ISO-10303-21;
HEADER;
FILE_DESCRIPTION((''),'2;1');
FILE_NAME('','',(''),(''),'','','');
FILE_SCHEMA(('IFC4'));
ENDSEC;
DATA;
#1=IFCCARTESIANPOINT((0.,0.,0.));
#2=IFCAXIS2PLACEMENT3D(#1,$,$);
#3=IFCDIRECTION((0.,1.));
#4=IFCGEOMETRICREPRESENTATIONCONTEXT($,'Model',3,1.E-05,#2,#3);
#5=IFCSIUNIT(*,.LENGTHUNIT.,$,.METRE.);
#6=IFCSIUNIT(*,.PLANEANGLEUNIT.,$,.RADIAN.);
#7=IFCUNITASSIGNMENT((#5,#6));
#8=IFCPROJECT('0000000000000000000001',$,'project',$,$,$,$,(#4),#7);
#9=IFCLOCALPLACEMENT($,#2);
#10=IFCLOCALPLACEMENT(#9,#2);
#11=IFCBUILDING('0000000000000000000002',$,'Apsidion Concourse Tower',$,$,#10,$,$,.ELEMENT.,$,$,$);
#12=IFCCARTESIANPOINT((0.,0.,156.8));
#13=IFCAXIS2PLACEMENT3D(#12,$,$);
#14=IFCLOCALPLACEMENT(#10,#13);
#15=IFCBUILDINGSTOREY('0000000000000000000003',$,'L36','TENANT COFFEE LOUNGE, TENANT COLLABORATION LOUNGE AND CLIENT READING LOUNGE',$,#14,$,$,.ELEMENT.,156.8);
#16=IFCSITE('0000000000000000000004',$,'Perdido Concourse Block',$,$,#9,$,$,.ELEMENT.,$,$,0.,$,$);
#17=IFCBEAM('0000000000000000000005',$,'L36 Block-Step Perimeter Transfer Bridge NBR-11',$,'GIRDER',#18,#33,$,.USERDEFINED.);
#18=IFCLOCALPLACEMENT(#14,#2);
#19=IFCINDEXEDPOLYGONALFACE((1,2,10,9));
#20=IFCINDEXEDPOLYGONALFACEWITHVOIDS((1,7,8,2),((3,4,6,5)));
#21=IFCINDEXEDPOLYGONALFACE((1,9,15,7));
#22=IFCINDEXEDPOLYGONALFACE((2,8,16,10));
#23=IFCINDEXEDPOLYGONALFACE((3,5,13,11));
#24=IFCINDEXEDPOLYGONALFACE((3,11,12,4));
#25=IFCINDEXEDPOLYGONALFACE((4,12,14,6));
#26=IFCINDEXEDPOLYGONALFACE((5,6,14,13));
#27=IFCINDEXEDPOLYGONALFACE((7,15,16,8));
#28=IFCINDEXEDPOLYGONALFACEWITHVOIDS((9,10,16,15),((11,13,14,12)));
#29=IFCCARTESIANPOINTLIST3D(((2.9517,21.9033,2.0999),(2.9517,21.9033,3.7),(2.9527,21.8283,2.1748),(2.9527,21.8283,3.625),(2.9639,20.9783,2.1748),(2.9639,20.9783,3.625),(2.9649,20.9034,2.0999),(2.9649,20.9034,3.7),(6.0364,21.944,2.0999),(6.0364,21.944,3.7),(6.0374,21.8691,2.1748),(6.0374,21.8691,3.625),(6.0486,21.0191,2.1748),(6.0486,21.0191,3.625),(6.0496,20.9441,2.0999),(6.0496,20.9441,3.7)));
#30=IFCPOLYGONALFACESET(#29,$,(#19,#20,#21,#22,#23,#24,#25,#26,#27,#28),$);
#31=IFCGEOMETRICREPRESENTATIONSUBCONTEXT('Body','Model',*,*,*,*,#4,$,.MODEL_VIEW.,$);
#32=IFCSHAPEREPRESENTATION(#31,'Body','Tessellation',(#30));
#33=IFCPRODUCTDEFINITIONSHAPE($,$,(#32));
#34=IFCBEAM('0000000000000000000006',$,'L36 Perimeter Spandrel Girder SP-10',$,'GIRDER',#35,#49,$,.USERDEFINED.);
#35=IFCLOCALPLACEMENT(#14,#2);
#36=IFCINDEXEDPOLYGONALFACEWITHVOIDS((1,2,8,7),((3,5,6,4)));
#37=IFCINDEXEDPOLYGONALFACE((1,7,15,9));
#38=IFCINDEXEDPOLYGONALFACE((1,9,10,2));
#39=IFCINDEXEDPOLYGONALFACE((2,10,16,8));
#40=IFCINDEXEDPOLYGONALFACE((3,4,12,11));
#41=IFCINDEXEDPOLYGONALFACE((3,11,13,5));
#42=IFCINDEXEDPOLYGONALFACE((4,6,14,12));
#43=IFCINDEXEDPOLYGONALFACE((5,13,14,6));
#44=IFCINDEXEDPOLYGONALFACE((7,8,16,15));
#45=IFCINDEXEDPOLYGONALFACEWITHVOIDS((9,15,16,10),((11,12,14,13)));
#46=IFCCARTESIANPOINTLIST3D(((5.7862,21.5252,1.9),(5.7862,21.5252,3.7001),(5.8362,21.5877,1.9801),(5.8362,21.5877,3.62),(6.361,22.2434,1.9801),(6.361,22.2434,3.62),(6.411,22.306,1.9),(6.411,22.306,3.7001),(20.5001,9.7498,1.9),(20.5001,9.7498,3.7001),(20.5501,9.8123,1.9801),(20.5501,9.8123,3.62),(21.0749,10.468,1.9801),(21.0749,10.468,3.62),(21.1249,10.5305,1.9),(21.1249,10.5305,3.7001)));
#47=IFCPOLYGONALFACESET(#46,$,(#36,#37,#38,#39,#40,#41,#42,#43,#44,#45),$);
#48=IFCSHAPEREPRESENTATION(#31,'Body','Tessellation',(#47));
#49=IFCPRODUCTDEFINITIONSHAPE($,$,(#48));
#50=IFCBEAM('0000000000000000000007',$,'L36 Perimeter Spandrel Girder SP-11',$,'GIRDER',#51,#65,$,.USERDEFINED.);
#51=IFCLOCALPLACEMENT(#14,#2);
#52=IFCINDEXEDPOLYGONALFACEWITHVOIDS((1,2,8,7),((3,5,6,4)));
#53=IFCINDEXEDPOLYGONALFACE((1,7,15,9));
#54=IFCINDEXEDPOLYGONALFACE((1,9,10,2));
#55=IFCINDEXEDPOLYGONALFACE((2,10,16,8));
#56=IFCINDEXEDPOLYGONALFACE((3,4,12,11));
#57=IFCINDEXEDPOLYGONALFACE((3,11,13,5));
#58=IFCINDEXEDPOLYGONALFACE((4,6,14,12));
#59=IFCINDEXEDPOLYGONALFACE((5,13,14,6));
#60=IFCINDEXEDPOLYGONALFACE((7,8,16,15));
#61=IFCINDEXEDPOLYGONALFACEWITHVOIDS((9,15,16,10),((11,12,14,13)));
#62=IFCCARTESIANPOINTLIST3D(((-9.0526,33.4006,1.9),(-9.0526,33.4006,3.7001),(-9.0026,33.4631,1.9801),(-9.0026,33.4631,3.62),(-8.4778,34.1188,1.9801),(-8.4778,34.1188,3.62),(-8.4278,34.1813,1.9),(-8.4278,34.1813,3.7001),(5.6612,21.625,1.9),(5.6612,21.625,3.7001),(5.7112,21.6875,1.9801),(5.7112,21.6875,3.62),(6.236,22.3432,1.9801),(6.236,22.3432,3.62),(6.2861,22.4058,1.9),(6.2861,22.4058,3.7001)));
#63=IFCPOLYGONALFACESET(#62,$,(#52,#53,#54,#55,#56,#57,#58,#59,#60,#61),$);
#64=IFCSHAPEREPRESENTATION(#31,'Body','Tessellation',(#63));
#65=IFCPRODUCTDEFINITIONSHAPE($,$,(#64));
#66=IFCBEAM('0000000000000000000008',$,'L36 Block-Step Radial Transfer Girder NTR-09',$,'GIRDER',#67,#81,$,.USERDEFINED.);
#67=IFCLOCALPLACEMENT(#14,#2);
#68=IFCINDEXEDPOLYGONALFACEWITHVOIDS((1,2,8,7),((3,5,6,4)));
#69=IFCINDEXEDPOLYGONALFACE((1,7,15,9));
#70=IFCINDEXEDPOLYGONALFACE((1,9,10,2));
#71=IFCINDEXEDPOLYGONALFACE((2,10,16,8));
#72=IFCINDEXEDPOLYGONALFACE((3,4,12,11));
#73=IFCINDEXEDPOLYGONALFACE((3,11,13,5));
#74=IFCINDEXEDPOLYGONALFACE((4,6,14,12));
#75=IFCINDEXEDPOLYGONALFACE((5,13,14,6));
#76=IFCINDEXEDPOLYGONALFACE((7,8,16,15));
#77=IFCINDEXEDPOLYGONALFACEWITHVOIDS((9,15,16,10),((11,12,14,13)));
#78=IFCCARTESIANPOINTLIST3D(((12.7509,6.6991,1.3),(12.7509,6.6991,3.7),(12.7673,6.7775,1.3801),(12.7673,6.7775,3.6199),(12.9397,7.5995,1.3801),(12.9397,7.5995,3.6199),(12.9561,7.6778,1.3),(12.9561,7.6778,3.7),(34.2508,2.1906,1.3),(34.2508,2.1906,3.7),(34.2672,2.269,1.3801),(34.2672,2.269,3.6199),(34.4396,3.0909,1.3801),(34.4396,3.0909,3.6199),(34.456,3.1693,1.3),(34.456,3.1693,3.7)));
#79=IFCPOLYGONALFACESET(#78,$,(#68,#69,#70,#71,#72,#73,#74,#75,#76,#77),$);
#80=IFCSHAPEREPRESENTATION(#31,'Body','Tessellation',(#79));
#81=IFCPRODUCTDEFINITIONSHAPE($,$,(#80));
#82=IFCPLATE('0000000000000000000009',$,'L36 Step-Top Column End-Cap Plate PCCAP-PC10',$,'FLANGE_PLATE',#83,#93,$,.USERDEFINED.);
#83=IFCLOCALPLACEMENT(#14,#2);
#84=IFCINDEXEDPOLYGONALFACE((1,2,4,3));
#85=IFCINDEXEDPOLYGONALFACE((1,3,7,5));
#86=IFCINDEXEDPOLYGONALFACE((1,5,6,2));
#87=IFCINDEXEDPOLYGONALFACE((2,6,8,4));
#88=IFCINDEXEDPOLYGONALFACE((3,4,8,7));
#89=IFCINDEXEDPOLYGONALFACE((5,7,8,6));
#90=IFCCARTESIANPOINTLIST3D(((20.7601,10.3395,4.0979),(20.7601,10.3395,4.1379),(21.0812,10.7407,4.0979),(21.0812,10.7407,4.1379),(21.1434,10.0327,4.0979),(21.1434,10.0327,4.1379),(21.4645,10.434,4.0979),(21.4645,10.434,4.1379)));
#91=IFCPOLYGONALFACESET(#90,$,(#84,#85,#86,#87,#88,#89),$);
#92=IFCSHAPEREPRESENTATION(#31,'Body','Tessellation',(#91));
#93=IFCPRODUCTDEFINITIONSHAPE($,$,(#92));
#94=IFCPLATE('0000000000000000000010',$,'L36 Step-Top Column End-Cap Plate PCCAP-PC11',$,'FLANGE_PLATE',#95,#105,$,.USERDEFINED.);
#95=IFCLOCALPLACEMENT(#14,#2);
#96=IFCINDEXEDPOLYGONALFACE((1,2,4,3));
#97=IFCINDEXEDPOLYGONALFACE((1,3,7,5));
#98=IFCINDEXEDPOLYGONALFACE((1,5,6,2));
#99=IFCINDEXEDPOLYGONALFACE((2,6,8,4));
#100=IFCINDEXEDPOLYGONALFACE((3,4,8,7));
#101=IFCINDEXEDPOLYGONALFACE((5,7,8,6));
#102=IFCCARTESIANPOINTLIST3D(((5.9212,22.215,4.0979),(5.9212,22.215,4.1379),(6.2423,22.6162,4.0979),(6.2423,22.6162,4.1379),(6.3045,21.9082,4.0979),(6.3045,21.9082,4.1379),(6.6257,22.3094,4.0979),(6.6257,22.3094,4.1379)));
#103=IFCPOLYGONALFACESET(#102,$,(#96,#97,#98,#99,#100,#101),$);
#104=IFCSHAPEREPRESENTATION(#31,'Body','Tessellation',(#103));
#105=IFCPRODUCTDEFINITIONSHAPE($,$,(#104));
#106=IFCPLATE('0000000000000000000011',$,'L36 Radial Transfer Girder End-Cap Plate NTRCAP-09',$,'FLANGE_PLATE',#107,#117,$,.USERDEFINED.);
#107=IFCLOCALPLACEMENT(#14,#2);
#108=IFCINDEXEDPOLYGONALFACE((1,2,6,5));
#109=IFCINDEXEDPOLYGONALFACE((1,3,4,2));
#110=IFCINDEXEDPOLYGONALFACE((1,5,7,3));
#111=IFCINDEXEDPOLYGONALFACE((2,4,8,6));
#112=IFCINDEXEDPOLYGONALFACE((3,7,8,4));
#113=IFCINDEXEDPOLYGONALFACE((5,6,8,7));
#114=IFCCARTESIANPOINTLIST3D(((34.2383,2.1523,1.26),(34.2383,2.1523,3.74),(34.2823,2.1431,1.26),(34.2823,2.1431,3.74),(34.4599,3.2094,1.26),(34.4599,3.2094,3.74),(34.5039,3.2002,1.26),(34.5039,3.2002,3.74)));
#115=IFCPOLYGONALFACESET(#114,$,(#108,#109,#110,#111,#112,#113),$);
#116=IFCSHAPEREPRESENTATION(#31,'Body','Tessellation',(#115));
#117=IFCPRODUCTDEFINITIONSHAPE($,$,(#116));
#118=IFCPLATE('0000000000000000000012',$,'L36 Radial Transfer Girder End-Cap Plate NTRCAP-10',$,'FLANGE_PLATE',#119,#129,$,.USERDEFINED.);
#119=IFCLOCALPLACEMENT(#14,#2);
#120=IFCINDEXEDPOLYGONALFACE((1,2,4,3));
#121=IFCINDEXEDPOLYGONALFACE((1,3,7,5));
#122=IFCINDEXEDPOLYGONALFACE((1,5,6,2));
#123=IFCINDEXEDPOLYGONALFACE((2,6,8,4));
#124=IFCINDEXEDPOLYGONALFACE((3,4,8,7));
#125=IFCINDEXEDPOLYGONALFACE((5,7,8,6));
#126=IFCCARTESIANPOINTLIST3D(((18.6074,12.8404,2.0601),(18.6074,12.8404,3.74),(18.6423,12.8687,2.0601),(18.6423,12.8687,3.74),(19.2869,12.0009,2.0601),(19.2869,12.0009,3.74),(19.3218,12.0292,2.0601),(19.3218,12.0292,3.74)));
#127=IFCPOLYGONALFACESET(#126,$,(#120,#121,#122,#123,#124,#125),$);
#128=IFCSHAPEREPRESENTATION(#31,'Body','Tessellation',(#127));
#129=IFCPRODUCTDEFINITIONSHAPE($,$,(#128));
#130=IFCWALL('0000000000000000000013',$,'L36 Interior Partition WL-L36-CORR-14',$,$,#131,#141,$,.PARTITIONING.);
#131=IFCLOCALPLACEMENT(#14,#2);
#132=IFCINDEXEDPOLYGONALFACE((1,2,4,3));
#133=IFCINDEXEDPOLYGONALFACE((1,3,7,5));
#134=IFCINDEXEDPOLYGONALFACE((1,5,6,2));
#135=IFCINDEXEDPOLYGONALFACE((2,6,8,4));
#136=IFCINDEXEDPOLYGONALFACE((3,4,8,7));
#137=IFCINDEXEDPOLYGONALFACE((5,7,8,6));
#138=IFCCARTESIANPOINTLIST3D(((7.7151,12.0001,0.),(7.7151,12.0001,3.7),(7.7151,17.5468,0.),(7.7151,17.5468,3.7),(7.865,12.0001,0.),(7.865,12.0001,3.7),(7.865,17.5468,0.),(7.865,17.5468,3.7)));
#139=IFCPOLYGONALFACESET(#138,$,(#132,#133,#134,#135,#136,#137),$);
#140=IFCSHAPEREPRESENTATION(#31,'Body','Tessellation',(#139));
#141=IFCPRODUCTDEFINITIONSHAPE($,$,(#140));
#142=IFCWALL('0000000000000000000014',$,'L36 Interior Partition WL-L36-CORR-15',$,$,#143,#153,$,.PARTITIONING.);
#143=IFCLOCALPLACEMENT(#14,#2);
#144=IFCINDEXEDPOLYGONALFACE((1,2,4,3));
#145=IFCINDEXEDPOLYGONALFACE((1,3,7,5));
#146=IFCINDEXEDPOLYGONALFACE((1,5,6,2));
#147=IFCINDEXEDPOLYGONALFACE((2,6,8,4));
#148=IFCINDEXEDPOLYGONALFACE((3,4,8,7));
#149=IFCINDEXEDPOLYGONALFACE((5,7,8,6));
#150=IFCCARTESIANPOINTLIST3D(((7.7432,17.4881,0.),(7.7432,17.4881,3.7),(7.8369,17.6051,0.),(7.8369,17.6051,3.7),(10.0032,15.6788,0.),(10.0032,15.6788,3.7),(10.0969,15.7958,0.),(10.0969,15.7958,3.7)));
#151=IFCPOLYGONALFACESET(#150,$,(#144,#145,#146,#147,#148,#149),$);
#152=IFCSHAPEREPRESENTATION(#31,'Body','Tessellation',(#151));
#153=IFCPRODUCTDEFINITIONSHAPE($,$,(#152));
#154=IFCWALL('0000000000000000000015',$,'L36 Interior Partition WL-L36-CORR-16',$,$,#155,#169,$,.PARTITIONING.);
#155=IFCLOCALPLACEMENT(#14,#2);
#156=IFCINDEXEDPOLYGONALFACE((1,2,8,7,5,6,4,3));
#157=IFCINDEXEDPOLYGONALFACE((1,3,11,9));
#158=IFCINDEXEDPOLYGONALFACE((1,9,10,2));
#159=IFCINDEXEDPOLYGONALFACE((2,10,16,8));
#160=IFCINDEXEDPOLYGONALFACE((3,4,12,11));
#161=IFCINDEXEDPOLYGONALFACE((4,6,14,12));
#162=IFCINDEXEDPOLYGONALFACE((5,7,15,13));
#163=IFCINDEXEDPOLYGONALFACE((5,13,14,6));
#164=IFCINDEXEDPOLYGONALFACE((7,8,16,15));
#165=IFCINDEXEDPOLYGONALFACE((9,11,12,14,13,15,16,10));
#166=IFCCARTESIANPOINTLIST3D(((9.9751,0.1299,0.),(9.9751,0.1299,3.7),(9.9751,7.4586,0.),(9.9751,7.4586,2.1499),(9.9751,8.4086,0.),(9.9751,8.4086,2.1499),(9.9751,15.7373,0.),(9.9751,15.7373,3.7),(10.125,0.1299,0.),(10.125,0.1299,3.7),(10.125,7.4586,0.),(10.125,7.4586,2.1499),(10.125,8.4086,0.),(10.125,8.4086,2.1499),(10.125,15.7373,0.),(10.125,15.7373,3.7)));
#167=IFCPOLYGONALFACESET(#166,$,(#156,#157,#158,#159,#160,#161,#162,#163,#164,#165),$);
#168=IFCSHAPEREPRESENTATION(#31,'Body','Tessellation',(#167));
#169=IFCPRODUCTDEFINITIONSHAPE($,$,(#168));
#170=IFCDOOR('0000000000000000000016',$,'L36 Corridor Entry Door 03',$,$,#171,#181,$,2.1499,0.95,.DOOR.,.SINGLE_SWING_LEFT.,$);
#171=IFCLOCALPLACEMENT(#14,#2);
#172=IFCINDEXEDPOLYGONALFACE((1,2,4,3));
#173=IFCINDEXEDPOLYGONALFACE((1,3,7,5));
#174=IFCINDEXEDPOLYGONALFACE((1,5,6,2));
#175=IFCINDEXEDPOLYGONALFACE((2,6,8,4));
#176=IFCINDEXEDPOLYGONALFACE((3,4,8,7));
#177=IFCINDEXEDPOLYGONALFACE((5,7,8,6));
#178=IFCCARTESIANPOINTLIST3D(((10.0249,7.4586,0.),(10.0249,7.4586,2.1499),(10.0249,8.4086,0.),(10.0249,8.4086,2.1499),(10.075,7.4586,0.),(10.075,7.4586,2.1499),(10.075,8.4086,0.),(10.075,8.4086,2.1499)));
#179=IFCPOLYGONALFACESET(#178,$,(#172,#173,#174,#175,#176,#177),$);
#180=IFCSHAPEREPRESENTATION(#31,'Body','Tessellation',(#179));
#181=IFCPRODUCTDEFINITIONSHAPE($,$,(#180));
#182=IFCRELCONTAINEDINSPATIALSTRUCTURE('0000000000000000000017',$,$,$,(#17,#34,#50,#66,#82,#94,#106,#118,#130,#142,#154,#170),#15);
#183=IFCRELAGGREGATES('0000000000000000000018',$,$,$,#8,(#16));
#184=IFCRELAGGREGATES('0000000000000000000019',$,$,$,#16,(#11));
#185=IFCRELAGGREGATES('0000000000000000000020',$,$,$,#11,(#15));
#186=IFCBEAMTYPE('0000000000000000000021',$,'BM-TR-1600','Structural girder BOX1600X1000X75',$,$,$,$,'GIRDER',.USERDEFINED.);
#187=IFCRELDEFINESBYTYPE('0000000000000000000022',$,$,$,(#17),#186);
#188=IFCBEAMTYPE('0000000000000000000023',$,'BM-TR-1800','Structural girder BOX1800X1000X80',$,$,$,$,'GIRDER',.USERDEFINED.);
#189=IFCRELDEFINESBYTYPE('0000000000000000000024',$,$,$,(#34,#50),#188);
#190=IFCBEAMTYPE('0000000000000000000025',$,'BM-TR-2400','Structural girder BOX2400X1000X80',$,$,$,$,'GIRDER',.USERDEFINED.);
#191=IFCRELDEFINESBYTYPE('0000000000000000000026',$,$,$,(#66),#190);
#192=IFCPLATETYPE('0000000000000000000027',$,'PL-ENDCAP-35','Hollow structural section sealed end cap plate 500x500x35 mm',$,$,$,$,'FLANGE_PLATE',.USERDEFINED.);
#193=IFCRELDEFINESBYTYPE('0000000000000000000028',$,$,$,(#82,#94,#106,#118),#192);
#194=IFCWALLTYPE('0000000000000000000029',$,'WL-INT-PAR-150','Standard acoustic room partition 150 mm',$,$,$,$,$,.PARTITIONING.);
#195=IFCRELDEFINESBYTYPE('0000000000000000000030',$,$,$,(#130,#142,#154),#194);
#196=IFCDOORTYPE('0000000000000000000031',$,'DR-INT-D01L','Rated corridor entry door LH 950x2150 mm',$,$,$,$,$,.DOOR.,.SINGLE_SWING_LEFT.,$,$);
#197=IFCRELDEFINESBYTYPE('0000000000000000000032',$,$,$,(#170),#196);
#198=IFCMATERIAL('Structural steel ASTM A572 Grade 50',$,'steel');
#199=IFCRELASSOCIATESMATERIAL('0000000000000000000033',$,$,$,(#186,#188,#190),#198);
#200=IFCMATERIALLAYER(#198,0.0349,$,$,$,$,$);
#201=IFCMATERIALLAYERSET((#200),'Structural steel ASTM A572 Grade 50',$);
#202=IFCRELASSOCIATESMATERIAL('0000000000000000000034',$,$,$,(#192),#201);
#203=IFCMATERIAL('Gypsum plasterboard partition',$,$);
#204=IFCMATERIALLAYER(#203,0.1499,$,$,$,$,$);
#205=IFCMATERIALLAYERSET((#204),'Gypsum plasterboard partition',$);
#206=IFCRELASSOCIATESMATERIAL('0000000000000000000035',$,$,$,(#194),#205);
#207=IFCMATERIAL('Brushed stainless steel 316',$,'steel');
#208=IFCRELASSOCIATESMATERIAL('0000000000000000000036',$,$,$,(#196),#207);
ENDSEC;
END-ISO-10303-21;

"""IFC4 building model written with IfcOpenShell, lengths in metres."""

from ifc_helpers import new_model, si_unit, direction, frame, frame_2d, origin, origin_2d, place, context, subcontext, project, spatial, rectangle, hollow_rectangle, extrude, material, layer, layer_set, material_profile, profile_set, type_object, element, fill, save


model = new_model("IFC4")

# Units and contexts
model_context = context("Model", 3, precision=1e-05, world=origin(), true_north=direction((0.0, 1.0)))
body_context = subcontext(model_context, "Body", "Model", "MODEL_VIEW")
ifc_project = project(units=[si_unit("LENGTHUNIT", "METRE"), si_unit("PLANEANGLEUNIT", "RADIAN")], contexts=[model_context])

# Site, building, storey
site_placement = place(None, origin())
site = spatial("IfcSite", under=ifc_project, at=site_placement, Name="Perdido Concourse Block", CompositionType="ELEMENT", RefElevation=0.0)
building_placement = place(site_placement, origin())
building = spatial("IfcBuilding", under=site, at=building_placement, Name="Apsidion Concourse Tower", CompositionType="ELEMENT")
storey_placement = place(building_placement, frame((0.0, 0.0, 156.8)))
storey = spatial("IfcBuildingStorey", under=building, at=storey_placement, Name="L36", Description="TENANT COFFEE LOUNGE, TENANT COLLABORATION LOUNGE AND CLIENT READING LOUNGE", CompositionType="ELEMENT", Elevation=156.8)

# Beams
ifc_material_1 = material(Name="Structural steel ASTM A572 Grade 50", Category="steel")
ifc_material_profile_1 = material_profile(ifc_material_1, hollow_rectangle(XDim=1.0, YDim=1.6001, WallThickness=0.075, at=origin_2d()), Name="BOX1600X1000X75")
ifc_profile_set_1 = profile_set([ifc_material_profile_1], Name="Structural steel ASTM A572 Grade 50")
beam_type_1 = type_object("IfcBeamType", Name="BM-TR-1600", Description="Structural girder BOX1600X1000X75", ElementType="GIRDER", PredefinedType="USERDEFINED", material=ifc_profile_set_1)
beam_1_placement = place(storey_placement, frame((6.043, 21.4441, 2.8999), z_axis=(-0.999913, -0.013216, 0.0), x_axis=(0.013216, -0.999913, 0.0)))
element("IfcBeam", 1, at=beam_1_placement, inside=storey, type_object=beam_type_1, Name="L36 Block-Step Perimeter Transfer Bridge NBR-11", ObjectType="GIRDER", PredefinedType="USERDEFINED", context=body_context, shape_type="SweptSolid", body=[
    extrude(hollow_rectangle(XDim=1.0, YDim=1.6001, WallThickness=0.075, at=origin_2d()), origin(), (0.0, 0.0, 1.0), 3.085),
])
ifc_material_profile_2 = material_profile(ifc_material_1, hollow_rectangle(XDim=1.0, YDim=1.8, WallThickness=0.0801, at=origin_2d()), Name="BOX1800X1000X80")
ifc_profile_set_2 = profile_set([ifc_material_profile_2], Name="Structural steel ASTM A572 Grade 50")
beam_type_2 = type_object("IfcBeamType", Name="BM-TR-1800", Description="Structural girder BOX1800X1000X80", ElementType="GIRDER", PredefinedType="USERDEFINED", material=ifc_profile_set_2)
for number, where, z_axis, x_axis, name in (
    (2, (20.8125, 10.1401, 2.8), (-0.780758, 0.624834, 0.0), (-0.624834, -0.780758, 0.0), "L36 Perimeter Spandrel Girder SP-10"),
    (3, (5.9736, 22.0154, 2.8), (-0.780751, 0.624842, 0.0), (-0.624842, -0.780751, 0.0), "L36 Perimeter Spandrel Girder SP-11"),
):
    element("IfcBeam", number, at=place(storey_placement, frame(where, z_axis=z_axis, x_axis=x_axis)), inside=storey, type_object=beam_type_2, Name=name, ObjectType="GIRDER", PredefinedType="USERDEFINED", context=body_context, shape_type="SweptSolid", body=[
        extrude(hollow_rectangle(XDim=1.0, YDim=1.8, WallThickness=0.0801, at=origin_2d()), origin(), (0.0, 0.0, 1.0), 18.8457),
    ])
ifc_material_profile_3 = material_profile(ifc_material_1, hollow_rectangle(XDim=1.0, YDim=2.3999, WallThickness=0.0801, at=origin_2d()), Name="BOX2400X1000X80")
ifc_profile_set_3 = profile_set([ifc_material_profile_3], Name="Structural steel ASTM A572 Grade 50")
beam_type_3 = type_object("IfcBeamType", Name="BM-TR-2400", Description="Structural girder BOX2400X1000X80", ElementType="GIRDER", PredefinedType="USERDEFINED", material=ifc_profile_set_3)
beam_2_placement = place(storey_placement, frame((12.8535, 7.1885, 2.5), z_axis=(0.978713, -0.205236, 0.0), x_axis=(0.205236, 0.978713, 0.0)))
element("IfcBeam", 4, at=beam_2_placement, inside=storey, type_object=beam_type_3, Name="L36 Block-Step Radial Transfer Girder NTR-09", ObjectType="GIRDER", PredefinedType="USERDEFINED", context=body_context, shape_type="SweptSolid", body=[
    extrude(hollow_rectangle(XDim=1.0, YDim=2.3999, WallThickness=0.0801, at=origin_2d()), origin(), (0.0, 0.0, 1.0), 21.9675),
])

# Plates
ifc_layer_1 = layer(ifc_material_1, 0.0349)
ifc_layer_set_1 = layer_set([ifc_layer_1], Name="Structural steel ASTM A572 Grade 50")
plate_type = type_object("IfcPlateType", Name="PL-ENDCAP-35", Description="Hollow structural section sealed end cap plate 500x500x35 mm", ElementType="FLANGE_PLATE", PredefinedType="USERDEFINED", material=ifc_layer_set_1)
for number, where, z_axis, x_axis, name in (
    (5, (21.1123, 10.3867, 4.0979), (0.0, 0.0, 1.0), (-0.780758, 0.624834, 0.0), "L36 Step-Top Column End-Cap Plate PCCAP-PC10"),
    (6, (6.2734, 22.2622, 4.0979), (0.0, 0.0, 1.0), (-0.780758, 0.624834, 0.0), "L36 Step-Top Column End-Cap Plate PCCAP-PC11"),
):
    element("IfcPlate", number, at=place(storey_placement, frame(where, z_axis=z_axis, x_axis=x_axis)), inside=storey, type_object=plate_type, Name=name, ObjectType="FLANGE_PLATE", PredefinedType="USERDEFINED", context=body_context, shape_type="SweptSolid", body=[
        extrude(rectangle(XDim=0.491, YDim=0.5139, at=origin_2d()), origin(), (0.0, 0.0, 1.0), 0.04),
    ])
plate_1_placement = place(storey_placement, frame((34.3711, 2.6763, 1.26), z_axis=(0.0, 0.0, 1.0), x_axis=(0.978724, -0.205179, 0.0)))
element("IfcPlate", 7, at=plate_1_placement, inside=storey, type_object=plate_type, Name="L36 Radial Transfer Girder End-Cap Plate NTRCAP-09", ObjectType="FLANGE_PLATE", PredefinedType="USERDEFINED", context=body_context, shape_type="SweptSolid", body=[
    extrude(rectangle(XDim=0.0449, YDim=1.0801, at=origin_2d()), origin(), (0.0, 0.0, 1.0), 2.48),
])
plate_2_placement = place(storey_placement, frame((18.9646, 12.4348, 2.0601), z_axis=(0.0, 0.0, 1.0), x_axis=(0.777256, 0.629185, 0.0)))
element("IfcPlate", 8, at=plate_2_placement, inside=storey, type_object=plate_type, Name="L36 Radial Transfer Girder End-Cap Plate NTRCAP-10", ObjectType="FLANGE_PLATE", PredefinedType="USERDEFINED", context=body_context, shape_type="SweptSolid", body=[
    extrude(rectangle(XDim=0.0449, YDim=1.0801, at=origin_2d()), origin(), (0.0, 0.0, 1.0), 1.6799),
])

# Walls
ifc_material_2 = material(Name="Gypsum plasterboard partition")
ifc_layer_2 = layer(ifc_material_2, 0.1499)
ifc_layer_set_2 = layer_set([ifc_layer_2], Name="Gypsum plasterboard partition")
wall_type_1 = type_object("IfcWallType", Name="WL-INT-PAR-150", Description="Standard acoustic room partition 150 mm", PredefinedType="PARTITIONING", material=ifc_layer_set_2)
wall_1_placement = place(storey_placement, frame((7.79, 12.0, 0.0), z_axis=(0.0, 0.0, 1.0), x_axis=(0.0, 1.0, 0.0)))
element("IfcWall", 9, at=wall_1_placement, inside=storey, type_object=wall_type_1, Name="L36 Interior Partition WL-L36-CORR-14", PredefinedType="PARTITIONING", context=body_context, shape_type="SweptSolid", body=[
    extrude(rectangle(XDim=5.5466, YDim=0.1499, at=frame_2d((2.7734, 0.0))), origin(), (0.0, 0.0, 1.0), 3.7),
])
wall_2_placement = place(storey_placement, frame((7.79, 17.5466, 0.0), z_axis=(0.0, 0.0, 1.0), x_axis=(0.780647, -0.624973, 0.0)))
element("IfcWall", 10, at=wall_2_placement, inside=storey, type_object=wall_type_1, Name="L36 Interior Partition WL-L36-CORR-15", PredefinedType="PARTITIONING", context=body_context, shape_type="SweptSolid", body=[
    extrude(rectangle(XDim=2.895, YDim=0.1499, at=frame_2d((1.4475, 0.0))), origin(), (0.0, 0.0, 1.0), 3.7),
])

# Wall, opening, door
wall_3_placement = place(storey_placement, frame((10.05, 15.7373, 0.0), z_axis=(0.0, 0.0, 1.0), x_axis=(0.0, -1.0, 0.0)))
wall_3 = element("IfcWall", 11, at=wall_3_placement, inside=storey, type_object=wall_type_1, Name="L36 Interior Partition WL-L36-CORR-16", PredefinedType="PARTITIONING", context=body_context, shape_type="SweptSolid", body=[
    extrude(rectangle(XDim=15.6074, YDim=0.1499, at=frame_2d((7.8037, 0.0))), origin(), (0.0, 0.0, 1.0), 3.7),
])
opening_placement = place(wall_3_placement, frame((7.3286, 0.0, 0.0)))
opening = element("IfcOpeningElement", 12, at=opening_placement, cuts=wall_3, PredefinedType="OPENING", context=body_context, shape_type="SweptSolid", body=[
    extrude(rectangle(XDim=0.95, YDim=2.1499, at=frame_2d((0.4751, 1.075))), frame((0.0, 0.085, 0.0), z_axis=(0.0, -1.0, 0.0), x_axis=(1.0, 0.0, 0.0)), (0.0, 0.0, 1.0), 0.1699),
])
ifc_material_3 = material(Name="Brushed stainless steel 316", Category="steel")
door_type = type_object("IfcDoorType", Name="DR-INT-D01L", Description="Rated corridor entry door LH 950x2150 mm", OperationType="SINGLE_SWING_LEFT", PredefinedType="DOOR", material=ifc_material_3)
door_placement = place(opening_placement, origin())
door = element("IfcDoor", 13, at=door_placement, inside=storey, type_object=door_type, Name="L36 Corridor Entry Door 03", OperationType="SINGLE_SWING_LEFT", OverallHeight=2.1499, OverallWidth=0.95, PredefinedType="DOOR", context=body_context, shape_type="SweptSolid", body=[
    extrude(rectangle(XDim=0.95, YDim=2.1499, at=frame_2d((0.4751, 1.075))), frame((0.0, 0.0249, 0.0), z_axis=(0.0, -1.0, 0.0), x_axis=(1.0, 0.0, 0.0)), (0.0, 0.0, 1.0), 0.05),
])
fill(opening, door)

save(model, "model.ifc")
